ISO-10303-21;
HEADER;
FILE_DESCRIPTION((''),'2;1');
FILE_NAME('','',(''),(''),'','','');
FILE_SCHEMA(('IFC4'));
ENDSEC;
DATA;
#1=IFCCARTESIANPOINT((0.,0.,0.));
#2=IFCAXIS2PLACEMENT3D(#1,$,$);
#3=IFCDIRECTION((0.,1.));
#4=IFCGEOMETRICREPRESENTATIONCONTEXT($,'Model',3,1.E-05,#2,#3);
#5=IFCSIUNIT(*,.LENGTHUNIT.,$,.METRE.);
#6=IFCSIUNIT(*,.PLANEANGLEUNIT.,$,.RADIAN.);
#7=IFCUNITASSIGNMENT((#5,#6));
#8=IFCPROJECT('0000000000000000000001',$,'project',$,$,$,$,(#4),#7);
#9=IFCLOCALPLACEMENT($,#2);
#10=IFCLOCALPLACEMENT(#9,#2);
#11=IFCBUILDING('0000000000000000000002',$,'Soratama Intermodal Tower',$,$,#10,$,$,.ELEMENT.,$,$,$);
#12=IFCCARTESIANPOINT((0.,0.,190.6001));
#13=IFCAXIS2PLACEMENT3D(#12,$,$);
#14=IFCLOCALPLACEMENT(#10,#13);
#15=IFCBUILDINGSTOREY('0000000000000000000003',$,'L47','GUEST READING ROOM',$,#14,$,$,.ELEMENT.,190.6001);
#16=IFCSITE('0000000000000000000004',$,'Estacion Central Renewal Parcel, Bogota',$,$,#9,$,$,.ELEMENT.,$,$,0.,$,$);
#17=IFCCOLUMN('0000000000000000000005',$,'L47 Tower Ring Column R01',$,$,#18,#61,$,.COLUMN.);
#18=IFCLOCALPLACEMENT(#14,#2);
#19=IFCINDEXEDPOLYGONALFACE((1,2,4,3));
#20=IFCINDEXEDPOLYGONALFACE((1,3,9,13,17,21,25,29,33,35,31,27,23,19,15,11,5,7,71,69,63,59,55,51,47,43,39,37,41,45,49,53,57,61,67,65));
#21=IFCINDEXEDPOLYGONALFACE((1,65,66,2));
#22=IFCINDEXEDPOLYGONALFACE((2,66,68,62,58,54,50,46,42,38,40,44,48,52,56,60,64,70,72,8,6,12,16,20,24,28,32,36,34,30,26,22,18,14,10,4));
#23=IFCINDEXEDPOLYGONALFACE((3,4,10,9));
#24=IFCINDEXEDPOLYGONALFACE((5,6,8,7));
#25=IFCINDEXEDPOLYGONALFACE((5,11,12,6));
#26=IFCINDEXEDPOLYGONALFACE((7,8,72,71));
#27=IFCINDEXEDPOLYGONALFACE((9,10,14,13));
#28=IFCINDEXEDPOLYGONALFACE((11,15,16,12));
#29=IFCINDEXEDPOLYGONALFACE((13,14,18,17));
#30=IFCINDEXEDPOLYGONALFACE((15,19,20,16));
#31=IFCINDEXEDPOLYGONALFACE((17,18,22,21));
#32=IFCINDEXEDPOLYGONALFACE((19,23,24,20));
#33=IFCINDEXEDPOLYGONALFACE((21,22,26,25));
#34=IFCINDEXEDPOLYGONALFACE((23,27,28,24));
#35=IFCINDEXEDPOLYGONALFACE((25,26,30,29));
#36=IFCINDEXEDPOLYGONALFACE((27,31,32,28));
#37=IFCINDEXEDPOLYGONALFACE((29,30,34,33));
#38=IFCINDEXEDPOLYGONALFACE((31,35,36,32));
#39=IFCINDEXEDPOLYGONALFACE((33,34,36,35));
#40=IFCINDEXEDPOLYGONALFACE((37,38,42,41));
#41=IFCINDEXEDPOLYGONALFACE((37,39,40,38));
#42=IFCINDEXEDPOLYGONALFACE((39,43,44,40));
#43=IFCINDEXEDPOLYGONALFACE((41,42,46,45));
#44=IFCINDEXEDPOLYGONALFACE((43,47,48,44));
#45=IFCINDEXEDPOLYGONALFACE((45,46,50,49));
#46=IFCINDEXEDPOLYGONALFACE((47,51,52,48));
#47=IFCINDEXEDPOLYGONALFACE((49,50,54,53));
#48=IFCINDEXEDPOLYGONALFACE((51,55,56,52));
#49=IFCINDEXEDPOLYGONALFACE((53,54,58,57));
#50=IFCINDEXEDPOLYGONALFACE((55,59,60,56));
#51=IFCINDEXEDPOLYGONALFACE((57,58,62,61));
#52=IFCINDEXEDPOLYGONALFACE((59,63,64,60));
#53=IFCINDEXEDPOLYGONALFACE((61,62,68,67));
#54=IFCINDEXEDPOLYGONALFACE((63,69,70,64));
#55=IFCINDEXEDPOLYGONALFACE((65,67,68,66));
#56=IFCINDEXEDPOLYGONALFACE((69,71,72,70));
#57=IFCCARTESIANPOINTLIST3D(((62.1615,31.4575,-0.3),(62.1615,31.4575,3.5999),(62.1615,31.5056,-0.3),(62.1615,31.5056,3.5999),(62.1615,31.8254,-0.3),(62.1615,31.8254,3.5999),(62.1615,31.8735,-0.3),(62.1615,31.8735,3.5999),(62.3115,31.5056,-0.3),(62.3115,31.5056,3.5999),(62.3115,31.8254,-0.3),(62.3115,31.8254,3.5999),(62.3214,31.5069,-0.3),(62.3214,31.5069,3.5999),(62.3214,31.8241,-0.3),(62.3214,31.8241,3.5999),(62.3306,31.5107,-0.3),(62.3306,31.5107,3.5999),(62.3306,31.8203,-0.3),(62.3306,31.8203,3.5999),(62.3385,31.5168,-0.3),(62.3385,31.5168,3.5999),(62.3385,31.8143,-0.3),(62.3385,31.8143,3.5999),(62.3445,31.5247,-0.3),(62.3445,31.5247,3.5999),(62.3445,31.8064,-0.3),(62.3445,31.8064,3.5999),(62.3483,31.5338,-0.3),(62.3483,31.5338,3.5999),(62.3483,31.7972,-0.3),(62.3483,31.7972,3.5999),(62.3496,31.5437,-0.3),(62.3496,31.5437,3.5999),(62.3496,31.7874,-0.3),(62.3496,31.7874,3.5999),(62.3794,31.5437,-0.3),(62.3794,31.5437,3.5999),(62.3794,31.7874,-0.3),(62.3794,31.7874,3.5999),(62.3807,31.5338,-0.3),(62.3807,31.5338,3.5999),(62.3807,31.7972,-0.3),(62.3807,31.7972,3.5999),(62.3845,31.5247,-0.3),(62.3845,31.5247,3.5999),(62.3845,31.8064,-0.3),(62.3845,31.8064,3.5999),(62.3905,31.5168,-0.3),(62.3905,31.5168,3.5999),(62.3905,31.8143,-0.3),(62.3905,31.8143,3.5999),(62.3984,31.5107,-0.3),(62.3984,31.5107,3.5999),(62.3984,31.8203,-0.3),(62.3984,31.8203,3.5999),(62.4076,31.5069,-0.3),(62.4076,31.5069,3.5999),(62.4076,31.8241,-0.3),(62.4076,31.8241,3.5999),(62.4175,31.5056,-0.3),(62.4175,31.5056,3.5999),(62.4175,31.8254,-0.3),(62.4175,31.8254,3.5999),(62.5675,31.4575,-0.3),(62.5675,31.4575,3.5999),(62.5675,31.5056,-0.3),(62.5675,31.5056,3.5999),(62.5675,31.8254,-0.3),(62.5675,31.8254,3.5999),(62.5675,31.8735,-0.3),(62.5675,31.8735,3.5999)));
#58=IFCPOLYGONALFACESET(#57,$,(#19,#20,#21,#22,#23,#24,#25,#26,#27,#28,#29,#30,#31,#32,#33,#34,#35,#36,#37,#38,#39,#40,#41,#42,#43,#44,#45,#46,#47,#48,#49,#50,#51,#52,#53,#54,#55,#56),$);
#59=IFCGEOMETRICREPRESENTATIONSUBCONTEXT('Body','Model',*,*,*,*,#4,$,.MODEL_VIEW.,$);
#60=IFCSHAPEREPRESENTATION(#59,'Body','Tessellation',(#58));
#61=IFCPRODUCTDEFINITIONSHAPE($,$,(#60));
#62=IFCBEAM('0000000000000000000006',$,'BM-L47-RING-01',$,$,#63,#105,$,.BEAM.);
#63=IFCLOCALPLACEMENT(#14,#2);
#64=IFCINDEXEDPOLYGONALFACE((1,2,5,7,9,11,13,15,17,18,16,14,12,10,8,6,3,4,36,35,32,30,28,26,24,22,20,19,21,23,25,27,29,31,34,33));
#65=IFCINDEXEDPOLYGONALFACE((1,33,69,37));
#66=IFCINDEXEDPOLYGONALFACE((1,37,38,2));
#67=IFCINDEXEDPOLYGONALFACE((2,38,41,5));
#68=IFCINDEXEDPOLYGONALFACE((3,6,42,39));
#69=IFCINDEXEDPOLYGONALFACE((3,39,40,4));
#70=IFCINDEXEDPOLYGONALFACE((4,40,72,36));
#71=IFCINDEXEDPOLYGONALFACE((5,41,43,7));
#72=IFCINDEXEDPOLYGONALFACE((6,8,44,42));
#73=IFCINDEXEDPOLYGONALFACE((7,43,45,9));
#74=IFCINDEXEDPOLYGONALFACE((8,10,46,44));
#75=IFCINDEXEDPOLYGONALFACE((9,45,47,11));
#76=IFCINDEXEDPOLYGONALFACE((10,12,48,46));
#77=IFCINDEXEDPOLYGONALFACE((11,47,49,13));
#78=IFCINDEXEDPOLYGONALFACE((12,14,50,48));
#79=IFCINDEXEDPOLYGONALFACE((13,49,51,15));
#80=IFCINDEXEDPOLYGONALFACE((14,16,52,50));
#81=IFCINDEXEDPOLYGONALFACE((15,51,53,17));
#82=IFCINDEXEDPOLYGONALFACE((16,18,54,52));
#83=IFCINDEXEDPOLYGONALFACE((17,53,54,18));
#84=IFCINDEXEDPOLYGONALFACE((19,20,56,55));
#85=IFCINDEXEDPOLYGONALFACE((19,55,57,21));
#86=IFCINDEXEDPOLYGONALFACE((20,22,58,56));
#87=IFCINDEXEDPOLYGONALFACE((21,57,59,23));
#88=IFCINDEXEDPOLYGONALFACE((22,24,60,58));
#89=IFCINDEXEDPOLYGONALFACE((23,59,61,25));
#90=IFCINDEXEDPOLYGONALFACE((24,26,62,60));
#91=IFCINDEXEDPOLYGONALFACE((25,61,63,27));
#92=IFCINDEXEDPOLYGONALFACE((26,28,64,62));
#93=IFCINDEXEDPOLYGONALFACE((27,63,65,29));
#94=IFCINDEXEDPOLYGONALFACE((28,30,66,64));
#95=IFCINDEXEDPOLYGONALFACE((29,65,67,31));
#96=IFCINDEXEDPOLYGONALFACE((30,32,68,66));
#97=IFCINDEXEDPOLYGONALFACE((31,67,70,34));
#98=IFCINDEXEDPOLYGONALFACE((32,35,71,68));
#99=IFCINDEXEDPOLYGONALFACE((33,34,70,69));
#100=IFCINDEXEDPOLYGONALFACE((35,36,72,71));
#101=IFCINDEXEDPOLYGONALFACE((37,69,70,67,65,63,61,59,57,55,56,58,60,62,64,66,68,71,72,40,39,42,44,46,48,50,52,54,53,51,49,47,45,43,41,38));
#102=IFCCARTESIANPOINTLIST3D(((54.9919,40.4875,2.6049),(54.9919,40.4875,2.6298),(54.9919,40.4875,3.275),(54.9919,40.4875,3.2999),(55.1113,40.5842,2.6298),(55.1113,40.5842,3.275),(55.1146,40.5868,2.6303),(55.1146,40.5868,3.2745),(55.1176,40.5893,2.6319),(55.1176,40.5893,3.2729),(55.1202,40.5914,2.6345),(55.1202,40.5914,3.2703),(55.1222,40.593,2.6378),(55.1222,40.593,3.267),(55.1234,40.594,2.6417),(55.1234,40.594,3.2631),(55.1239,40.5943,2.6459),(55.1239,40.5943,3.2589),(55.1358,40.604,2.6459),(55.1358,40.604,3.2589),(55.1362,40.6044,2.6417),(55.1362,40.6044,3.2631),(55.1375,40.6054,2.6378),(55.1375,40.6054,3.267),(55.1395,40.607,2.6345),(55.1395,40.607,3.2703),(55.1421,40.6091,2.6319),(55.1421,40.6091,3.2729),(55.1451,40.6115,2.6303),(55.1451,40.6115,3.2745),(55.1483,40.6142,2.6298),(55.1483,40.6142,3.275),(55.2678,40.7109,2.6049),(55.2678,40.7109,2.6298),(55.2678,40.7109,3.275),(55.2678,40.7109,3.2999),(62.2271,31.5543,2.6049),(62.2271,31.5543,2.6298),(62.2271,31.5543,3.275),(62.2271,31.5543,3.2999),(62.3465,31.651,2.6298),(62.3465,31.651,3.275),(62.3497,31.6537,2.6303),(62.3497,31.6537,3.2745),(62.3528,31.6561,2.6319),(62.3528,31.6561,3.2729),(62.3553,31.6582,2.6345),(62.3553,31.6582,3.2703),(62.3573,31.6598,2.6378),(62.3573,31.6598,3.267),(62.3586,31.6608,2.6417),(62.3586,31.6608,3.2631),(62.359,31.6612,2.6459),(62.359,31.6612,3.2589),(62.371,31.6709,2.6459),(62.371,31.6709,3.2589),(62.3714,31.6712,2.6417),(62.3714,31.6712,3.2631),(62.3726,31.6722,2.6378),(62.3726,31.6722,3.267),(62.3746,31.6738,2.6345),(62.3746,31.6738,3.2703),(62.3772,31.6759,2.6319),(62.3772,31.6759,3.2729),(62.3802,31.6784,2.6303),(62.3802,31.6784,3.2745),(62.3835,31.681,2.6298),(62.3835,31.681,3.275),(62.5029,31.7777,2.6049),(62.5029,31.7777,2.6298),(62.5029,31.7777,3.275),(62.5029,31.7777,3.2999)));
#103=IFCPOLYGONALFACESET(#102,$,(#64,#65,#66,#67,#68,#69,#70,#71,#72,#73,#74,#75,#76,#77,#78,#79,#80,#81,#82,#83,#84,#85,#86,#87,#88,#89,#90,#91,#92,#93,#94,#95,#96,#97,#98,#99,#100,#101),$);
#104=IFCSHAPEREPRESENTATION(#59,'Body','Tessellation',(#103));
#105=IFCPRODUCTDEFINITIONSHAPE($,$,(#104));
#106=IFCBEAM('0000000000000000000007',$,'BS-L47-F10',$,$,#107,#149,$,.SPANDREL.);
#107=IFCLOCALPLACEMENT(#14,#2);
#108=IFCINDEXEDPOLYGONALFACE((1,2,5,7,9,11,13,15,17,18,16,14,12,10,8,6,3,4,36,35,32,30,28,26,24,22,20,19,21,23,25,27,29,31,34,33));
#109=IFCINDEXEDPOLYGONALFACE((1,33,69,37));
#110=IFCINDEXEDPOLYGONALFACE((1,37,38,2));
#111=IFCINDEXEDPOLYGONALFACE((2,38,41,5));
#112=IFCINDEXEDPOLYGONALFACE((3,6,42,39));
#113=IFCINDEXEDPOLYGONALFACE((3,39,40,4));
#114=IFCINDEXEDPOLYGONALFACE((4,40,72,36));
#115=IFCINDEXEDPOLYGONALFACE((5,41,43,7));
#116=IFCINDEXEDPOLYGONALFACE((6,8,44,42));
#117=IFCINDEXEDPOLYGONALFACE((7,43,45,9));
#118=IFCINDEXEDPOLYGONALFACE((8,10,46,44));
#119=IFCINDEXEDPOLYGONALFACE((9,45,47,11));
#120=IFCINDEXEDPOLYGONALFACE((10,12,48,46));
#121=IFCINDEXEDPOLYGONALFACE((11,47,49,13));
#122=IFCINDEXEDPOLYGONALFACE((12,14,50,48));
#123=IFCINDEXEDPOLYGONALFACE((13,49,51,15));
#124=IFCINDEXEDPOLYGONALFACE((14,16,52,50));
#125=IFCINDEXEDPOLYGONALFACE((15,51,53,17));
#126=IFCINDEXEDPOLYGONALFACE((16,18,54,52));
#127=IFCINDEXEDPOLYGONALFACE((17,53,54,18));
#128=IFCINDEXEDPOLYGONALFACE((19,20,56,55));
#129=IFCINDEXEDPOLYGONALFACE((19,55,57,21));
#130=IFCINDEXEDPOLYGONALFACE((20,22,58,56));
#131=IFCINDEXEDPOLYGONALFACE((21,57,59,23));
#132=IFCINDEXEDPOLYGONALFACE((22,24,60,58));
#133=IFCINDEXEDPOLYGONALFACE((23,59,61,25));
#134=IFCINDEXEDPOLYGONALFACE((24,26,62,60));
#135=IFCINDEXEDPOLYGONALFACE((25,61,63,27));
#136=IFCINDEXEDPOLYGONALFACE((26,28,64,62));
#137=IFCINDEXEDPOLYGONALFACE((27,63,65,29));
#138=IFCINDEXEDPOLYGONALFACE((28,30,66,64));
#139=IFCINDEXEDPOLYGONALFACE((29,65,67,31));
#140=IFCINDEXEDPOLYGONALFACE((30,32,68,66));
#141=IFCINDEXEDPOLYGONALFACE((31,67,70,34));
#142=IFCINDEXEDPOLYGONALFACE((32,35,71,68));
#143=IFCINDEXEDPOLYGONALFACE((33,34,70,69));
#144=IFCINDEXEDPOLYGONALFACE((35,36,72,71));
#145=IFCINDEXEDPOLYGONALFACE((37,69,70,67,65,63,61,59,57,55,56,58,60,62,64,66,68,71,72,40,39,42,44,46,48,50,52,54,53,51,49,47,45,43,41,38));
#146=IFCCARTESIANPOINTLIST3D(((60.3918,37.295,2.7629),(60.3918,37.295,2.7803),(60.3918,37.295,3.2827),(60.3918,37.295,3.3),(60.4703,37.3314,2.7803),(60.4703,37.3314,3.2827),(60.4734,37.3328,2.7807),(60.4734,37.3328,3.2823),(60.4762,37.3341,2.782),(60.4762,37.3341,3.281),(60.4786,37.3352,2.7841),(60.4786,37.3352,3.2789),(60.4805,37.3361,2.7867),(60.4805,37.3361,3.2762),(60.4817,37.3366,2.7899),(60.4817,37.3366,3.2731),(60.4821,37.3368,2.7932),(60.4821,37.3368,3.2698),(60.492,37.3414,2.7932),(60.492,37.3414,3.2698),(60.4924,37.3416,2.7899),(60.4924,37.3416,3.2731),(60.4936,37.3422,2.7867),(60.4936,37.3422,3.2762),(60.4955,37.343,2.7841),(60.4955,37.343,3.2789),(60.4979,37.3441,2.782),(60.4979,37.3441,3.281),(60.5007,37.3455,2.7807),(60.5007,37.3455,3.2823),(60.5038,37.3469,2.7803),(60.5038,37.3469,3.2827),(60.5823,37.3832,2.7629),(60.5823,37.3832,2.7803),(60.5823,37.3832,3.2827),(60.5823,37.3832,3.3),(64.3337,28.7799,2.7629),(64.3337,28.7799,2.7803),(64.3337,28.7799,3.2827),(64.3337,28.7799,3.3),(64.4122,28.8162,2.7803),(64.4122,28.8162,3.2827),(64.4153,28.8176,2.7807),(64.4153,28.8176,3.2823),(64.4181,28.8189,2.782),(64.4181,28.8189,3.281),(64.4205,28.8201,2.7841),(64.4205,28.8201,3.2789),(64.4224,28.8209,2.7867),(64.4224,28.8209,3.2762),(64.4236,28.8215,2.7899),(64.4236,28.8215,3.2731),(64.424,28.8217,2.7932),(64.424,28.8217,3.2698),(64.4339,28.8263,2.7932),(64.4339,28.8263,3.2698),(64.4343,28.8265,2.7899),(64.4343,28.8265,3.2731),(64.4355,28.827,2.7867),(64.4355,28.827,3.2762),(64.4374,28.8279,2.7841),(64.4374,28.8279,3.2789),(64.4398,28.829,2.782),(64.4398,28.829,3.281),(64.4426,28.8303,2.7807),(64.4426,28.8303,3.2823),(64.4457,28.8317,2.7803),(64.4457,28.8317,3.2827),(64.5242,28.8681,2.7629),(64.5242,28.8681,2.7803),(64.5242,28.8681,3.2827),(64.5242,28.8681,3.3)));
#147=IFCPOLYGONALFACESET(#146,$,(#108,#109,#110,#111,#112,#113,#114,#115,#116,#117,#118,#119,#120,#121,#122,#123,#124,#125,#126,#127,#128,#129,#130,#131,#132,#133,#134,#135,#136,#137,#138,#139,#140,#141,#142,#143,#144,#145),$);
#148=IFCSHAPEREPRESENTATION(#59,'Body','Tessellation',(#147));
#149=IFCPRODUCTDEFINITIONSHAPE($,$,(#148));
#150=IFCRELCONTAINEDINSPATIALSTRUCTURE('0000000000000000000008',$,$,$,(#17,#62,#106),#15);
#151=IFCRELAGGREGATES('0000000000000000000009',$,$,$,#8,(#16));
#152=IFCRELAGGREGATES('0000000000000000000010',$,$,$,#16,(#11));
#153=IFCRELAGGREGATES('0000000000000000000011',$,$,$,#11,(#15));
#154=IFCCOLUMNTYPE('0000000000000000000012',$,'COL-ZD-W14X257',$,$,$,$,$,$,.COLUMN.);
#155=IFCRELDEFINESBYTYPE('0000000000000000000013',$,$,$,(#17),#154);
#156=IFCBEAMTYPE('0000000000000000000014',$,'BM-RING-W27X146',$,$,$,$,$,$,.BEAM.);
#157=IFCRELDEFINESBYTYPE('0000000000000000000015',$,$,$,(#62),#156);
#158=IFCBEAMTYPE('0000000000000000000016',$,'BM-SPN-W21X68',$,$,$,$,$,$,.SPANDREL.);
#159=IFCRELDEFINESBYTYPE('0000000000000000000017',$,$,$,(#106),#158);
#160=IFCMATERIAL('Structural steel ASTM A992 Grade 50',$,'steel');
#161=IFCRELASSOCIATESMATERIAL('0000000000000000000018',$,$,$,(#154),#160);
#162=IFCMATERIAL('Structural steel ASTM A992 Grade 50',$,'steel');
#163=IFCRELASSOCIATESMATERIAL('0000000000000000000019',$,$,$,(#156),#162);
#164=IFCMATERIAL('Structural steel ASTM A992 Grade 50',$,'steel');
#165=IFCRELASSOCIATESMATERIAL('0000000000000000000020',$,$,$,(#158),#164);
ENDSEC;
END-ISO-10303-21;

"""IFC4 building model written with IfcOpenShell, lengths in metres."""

from ifc_helpers import new_model, si_unit, direction, frame, origin, origin_2d, place, context, subcontext, project, spatial, i_section, extrude, material, material_profile, profile_set, type_object, element, save


model = new_model("IFC4")

# Units and contexts
model_context = context("Model", 3, precision=1e-05, world=origin(), true_north=direction((0.0, 1.0)))
body_context = subcontext(model_context, "Body", "Model", "MODEL_VIEW")
ifc_project = project(units=[si_unit("LENGTHUNIT", "METRE"), si_unit("PLANEANGLEUNIT", "RADIAN")], contexts=[model_context])

# Site, building, storey
site_placement = place(None, origin())
site = spatial("IfcSite", under=ifc_project, at=site_placement, Name="Estacion Central Renewal Parcel, Bogota", CompositionType="ELEMENT", RefElevation=0.0)
building_placement = place(site_placement, origin())
building = spatial("IfcBuilding", under=site, at=building_placement, Name="Soratama Intermodal Tower", CompositionType="ELEMENT")
storey_placement = place(building_placement, frame((0.0, 0.0, 190.6001)))
storey = spatial("IfcBuildingStorey", under=building, at=storey_placement, Name="L47", Description="GUEST READING ROOM", CompositionType="ELEMENT", Elevation=190.6001)

# Column
ifc_material_1 = material(Name="Structural steel ASTM A992 Grade 50", Category="steel")
ifc_material_profile_1 = material_profile(ifc_material_1, i_section(OverallWidth=0.406, OverallDepth=0.416, WebThickness=0.0298, FlangeThickness=0.0481, FilletRadius=0.0381, at=origin_2d()), Name="W14X257")
ifc_profile_set_1 = profile_set([ifc_material_profile_1], Name="Structural steel ASTM A992 Grade 50")
column_type = type_object("IfcColumnType", Name="COL-ZD-W14X257", PredefinedType="COLUMN", material=ifc_profile_set_1)
column_placement = place(storey_placement, frame((62.3645, 31.6655, -0.3), z_axis=(0.0, 0.0, 1.0), x_axis=(1.0, 0.0, 0.0)))
element("IfcColumn", 1, at=column_placement, inside=storey, type_object=column_type, Name="L47 Tower Ring Column R01", PredefinedType="COLUMN", context=body_context, shape_type="SweptSolid", body=[
    extrude(i_section(OverallWidth=0.406, OverallDepth=0.416, WebThickness=0.0298, FlangeThickness=0.0481, FilletRadius=0.0381, at=origin_2d()), origin(), (0.0, 0.0, 1.0), 3.8999),
])

# Beams
ifc_material_2 = material(Name="Structural steel ASTM A992 Grade 50", Category="steel")
ifc_material_profile_2 = material_profile(ifc_material_2, i_section(OverallWidth=0.355, OverallDepth=0.6951, WebThickness=0.0154, FlangeThickness=0.0249, FilletRadius=0.0161, at=origin_2d()), Name="W27X146")
ifc_profile_set_2 = profile_set([ifc_material_profile_2], Name="Structural steel ASTM A992 Grade 50")
beam_type_1 = type_object("IfcBeamType", Name="BM-RING-W27X146", PredefinedType="BEAM", material=ifc_profile_set_2)
beam_1_placement = place(storey_placement, frame((62.365, 31.666, 2.9524), z_axis=(-0.629385, 0.777094, 0.0), x_axis=(-0.777094, -0.629385, 0.0)))
element("IfcBeam", 2, at=beam_1_placement, inside=storey, type_object=beam_type_1, Name="BM-L47-RING-01", PredefinedType="BEAM", context=body_context, shape_type="SweptSolid", body=[
    extrude(i_section(OverallWidth=0.355, OverallDepth=0.6951, WebThickness=0.0154, FlangeThickness=0.0249, FilletRadius=0.0161, at=origin_2d()), origin(), (0.0, 0.0, 1.0), 11.4956),
])
ifc_material_3 = material(Name="Structural steel ASTM A992 Grade 50", Category="steel")
ifc_material_profile_3 = material_profile(ifc_material_3, i_section(OverallWidth=0.21, OverallDepth=0.5371, WebThickness=0.011, FlangeThickness=0.0173, FilletRadius=0.0129, at=origin_2d()), Name="W21X68")
ifc_profile_set_3 = profile_set([ifc_material_profile_3], Name="Structural steel ASTM A992 Grade 50")
beam_type_2 = type_object("IfcBeamType", Name="BM-SPN-W21X68", PredefinedType="SPANDREL", material=ifc_profile_set_3)
beam_2_placement = place(storey_placement, frame((64.429, 28.824, 3.0315), z_axis=(-0.420097, 0.907479, 0.0), x_axis=(-0.907479, -0.420097, 0.0)))
element("IfcBeam", 3, at=beam_2_placement, inside=storey, type_object=beam_type_2, Name="BS-L47-F10", PredefinedType="SPANDREL", context=body_context, shape_type="SweptSolid", body=[
    extrude(i_section(OverallWidth=0.21, OverallDepth=0.5371, WebThickness=0.011, FlangeThickness=0.0173, FilletRadius=0.0129, at=origin_2d()), origin(), (0.0, 0.0, 1.0), 9.3833),
])

save(model, "model.ifc")
